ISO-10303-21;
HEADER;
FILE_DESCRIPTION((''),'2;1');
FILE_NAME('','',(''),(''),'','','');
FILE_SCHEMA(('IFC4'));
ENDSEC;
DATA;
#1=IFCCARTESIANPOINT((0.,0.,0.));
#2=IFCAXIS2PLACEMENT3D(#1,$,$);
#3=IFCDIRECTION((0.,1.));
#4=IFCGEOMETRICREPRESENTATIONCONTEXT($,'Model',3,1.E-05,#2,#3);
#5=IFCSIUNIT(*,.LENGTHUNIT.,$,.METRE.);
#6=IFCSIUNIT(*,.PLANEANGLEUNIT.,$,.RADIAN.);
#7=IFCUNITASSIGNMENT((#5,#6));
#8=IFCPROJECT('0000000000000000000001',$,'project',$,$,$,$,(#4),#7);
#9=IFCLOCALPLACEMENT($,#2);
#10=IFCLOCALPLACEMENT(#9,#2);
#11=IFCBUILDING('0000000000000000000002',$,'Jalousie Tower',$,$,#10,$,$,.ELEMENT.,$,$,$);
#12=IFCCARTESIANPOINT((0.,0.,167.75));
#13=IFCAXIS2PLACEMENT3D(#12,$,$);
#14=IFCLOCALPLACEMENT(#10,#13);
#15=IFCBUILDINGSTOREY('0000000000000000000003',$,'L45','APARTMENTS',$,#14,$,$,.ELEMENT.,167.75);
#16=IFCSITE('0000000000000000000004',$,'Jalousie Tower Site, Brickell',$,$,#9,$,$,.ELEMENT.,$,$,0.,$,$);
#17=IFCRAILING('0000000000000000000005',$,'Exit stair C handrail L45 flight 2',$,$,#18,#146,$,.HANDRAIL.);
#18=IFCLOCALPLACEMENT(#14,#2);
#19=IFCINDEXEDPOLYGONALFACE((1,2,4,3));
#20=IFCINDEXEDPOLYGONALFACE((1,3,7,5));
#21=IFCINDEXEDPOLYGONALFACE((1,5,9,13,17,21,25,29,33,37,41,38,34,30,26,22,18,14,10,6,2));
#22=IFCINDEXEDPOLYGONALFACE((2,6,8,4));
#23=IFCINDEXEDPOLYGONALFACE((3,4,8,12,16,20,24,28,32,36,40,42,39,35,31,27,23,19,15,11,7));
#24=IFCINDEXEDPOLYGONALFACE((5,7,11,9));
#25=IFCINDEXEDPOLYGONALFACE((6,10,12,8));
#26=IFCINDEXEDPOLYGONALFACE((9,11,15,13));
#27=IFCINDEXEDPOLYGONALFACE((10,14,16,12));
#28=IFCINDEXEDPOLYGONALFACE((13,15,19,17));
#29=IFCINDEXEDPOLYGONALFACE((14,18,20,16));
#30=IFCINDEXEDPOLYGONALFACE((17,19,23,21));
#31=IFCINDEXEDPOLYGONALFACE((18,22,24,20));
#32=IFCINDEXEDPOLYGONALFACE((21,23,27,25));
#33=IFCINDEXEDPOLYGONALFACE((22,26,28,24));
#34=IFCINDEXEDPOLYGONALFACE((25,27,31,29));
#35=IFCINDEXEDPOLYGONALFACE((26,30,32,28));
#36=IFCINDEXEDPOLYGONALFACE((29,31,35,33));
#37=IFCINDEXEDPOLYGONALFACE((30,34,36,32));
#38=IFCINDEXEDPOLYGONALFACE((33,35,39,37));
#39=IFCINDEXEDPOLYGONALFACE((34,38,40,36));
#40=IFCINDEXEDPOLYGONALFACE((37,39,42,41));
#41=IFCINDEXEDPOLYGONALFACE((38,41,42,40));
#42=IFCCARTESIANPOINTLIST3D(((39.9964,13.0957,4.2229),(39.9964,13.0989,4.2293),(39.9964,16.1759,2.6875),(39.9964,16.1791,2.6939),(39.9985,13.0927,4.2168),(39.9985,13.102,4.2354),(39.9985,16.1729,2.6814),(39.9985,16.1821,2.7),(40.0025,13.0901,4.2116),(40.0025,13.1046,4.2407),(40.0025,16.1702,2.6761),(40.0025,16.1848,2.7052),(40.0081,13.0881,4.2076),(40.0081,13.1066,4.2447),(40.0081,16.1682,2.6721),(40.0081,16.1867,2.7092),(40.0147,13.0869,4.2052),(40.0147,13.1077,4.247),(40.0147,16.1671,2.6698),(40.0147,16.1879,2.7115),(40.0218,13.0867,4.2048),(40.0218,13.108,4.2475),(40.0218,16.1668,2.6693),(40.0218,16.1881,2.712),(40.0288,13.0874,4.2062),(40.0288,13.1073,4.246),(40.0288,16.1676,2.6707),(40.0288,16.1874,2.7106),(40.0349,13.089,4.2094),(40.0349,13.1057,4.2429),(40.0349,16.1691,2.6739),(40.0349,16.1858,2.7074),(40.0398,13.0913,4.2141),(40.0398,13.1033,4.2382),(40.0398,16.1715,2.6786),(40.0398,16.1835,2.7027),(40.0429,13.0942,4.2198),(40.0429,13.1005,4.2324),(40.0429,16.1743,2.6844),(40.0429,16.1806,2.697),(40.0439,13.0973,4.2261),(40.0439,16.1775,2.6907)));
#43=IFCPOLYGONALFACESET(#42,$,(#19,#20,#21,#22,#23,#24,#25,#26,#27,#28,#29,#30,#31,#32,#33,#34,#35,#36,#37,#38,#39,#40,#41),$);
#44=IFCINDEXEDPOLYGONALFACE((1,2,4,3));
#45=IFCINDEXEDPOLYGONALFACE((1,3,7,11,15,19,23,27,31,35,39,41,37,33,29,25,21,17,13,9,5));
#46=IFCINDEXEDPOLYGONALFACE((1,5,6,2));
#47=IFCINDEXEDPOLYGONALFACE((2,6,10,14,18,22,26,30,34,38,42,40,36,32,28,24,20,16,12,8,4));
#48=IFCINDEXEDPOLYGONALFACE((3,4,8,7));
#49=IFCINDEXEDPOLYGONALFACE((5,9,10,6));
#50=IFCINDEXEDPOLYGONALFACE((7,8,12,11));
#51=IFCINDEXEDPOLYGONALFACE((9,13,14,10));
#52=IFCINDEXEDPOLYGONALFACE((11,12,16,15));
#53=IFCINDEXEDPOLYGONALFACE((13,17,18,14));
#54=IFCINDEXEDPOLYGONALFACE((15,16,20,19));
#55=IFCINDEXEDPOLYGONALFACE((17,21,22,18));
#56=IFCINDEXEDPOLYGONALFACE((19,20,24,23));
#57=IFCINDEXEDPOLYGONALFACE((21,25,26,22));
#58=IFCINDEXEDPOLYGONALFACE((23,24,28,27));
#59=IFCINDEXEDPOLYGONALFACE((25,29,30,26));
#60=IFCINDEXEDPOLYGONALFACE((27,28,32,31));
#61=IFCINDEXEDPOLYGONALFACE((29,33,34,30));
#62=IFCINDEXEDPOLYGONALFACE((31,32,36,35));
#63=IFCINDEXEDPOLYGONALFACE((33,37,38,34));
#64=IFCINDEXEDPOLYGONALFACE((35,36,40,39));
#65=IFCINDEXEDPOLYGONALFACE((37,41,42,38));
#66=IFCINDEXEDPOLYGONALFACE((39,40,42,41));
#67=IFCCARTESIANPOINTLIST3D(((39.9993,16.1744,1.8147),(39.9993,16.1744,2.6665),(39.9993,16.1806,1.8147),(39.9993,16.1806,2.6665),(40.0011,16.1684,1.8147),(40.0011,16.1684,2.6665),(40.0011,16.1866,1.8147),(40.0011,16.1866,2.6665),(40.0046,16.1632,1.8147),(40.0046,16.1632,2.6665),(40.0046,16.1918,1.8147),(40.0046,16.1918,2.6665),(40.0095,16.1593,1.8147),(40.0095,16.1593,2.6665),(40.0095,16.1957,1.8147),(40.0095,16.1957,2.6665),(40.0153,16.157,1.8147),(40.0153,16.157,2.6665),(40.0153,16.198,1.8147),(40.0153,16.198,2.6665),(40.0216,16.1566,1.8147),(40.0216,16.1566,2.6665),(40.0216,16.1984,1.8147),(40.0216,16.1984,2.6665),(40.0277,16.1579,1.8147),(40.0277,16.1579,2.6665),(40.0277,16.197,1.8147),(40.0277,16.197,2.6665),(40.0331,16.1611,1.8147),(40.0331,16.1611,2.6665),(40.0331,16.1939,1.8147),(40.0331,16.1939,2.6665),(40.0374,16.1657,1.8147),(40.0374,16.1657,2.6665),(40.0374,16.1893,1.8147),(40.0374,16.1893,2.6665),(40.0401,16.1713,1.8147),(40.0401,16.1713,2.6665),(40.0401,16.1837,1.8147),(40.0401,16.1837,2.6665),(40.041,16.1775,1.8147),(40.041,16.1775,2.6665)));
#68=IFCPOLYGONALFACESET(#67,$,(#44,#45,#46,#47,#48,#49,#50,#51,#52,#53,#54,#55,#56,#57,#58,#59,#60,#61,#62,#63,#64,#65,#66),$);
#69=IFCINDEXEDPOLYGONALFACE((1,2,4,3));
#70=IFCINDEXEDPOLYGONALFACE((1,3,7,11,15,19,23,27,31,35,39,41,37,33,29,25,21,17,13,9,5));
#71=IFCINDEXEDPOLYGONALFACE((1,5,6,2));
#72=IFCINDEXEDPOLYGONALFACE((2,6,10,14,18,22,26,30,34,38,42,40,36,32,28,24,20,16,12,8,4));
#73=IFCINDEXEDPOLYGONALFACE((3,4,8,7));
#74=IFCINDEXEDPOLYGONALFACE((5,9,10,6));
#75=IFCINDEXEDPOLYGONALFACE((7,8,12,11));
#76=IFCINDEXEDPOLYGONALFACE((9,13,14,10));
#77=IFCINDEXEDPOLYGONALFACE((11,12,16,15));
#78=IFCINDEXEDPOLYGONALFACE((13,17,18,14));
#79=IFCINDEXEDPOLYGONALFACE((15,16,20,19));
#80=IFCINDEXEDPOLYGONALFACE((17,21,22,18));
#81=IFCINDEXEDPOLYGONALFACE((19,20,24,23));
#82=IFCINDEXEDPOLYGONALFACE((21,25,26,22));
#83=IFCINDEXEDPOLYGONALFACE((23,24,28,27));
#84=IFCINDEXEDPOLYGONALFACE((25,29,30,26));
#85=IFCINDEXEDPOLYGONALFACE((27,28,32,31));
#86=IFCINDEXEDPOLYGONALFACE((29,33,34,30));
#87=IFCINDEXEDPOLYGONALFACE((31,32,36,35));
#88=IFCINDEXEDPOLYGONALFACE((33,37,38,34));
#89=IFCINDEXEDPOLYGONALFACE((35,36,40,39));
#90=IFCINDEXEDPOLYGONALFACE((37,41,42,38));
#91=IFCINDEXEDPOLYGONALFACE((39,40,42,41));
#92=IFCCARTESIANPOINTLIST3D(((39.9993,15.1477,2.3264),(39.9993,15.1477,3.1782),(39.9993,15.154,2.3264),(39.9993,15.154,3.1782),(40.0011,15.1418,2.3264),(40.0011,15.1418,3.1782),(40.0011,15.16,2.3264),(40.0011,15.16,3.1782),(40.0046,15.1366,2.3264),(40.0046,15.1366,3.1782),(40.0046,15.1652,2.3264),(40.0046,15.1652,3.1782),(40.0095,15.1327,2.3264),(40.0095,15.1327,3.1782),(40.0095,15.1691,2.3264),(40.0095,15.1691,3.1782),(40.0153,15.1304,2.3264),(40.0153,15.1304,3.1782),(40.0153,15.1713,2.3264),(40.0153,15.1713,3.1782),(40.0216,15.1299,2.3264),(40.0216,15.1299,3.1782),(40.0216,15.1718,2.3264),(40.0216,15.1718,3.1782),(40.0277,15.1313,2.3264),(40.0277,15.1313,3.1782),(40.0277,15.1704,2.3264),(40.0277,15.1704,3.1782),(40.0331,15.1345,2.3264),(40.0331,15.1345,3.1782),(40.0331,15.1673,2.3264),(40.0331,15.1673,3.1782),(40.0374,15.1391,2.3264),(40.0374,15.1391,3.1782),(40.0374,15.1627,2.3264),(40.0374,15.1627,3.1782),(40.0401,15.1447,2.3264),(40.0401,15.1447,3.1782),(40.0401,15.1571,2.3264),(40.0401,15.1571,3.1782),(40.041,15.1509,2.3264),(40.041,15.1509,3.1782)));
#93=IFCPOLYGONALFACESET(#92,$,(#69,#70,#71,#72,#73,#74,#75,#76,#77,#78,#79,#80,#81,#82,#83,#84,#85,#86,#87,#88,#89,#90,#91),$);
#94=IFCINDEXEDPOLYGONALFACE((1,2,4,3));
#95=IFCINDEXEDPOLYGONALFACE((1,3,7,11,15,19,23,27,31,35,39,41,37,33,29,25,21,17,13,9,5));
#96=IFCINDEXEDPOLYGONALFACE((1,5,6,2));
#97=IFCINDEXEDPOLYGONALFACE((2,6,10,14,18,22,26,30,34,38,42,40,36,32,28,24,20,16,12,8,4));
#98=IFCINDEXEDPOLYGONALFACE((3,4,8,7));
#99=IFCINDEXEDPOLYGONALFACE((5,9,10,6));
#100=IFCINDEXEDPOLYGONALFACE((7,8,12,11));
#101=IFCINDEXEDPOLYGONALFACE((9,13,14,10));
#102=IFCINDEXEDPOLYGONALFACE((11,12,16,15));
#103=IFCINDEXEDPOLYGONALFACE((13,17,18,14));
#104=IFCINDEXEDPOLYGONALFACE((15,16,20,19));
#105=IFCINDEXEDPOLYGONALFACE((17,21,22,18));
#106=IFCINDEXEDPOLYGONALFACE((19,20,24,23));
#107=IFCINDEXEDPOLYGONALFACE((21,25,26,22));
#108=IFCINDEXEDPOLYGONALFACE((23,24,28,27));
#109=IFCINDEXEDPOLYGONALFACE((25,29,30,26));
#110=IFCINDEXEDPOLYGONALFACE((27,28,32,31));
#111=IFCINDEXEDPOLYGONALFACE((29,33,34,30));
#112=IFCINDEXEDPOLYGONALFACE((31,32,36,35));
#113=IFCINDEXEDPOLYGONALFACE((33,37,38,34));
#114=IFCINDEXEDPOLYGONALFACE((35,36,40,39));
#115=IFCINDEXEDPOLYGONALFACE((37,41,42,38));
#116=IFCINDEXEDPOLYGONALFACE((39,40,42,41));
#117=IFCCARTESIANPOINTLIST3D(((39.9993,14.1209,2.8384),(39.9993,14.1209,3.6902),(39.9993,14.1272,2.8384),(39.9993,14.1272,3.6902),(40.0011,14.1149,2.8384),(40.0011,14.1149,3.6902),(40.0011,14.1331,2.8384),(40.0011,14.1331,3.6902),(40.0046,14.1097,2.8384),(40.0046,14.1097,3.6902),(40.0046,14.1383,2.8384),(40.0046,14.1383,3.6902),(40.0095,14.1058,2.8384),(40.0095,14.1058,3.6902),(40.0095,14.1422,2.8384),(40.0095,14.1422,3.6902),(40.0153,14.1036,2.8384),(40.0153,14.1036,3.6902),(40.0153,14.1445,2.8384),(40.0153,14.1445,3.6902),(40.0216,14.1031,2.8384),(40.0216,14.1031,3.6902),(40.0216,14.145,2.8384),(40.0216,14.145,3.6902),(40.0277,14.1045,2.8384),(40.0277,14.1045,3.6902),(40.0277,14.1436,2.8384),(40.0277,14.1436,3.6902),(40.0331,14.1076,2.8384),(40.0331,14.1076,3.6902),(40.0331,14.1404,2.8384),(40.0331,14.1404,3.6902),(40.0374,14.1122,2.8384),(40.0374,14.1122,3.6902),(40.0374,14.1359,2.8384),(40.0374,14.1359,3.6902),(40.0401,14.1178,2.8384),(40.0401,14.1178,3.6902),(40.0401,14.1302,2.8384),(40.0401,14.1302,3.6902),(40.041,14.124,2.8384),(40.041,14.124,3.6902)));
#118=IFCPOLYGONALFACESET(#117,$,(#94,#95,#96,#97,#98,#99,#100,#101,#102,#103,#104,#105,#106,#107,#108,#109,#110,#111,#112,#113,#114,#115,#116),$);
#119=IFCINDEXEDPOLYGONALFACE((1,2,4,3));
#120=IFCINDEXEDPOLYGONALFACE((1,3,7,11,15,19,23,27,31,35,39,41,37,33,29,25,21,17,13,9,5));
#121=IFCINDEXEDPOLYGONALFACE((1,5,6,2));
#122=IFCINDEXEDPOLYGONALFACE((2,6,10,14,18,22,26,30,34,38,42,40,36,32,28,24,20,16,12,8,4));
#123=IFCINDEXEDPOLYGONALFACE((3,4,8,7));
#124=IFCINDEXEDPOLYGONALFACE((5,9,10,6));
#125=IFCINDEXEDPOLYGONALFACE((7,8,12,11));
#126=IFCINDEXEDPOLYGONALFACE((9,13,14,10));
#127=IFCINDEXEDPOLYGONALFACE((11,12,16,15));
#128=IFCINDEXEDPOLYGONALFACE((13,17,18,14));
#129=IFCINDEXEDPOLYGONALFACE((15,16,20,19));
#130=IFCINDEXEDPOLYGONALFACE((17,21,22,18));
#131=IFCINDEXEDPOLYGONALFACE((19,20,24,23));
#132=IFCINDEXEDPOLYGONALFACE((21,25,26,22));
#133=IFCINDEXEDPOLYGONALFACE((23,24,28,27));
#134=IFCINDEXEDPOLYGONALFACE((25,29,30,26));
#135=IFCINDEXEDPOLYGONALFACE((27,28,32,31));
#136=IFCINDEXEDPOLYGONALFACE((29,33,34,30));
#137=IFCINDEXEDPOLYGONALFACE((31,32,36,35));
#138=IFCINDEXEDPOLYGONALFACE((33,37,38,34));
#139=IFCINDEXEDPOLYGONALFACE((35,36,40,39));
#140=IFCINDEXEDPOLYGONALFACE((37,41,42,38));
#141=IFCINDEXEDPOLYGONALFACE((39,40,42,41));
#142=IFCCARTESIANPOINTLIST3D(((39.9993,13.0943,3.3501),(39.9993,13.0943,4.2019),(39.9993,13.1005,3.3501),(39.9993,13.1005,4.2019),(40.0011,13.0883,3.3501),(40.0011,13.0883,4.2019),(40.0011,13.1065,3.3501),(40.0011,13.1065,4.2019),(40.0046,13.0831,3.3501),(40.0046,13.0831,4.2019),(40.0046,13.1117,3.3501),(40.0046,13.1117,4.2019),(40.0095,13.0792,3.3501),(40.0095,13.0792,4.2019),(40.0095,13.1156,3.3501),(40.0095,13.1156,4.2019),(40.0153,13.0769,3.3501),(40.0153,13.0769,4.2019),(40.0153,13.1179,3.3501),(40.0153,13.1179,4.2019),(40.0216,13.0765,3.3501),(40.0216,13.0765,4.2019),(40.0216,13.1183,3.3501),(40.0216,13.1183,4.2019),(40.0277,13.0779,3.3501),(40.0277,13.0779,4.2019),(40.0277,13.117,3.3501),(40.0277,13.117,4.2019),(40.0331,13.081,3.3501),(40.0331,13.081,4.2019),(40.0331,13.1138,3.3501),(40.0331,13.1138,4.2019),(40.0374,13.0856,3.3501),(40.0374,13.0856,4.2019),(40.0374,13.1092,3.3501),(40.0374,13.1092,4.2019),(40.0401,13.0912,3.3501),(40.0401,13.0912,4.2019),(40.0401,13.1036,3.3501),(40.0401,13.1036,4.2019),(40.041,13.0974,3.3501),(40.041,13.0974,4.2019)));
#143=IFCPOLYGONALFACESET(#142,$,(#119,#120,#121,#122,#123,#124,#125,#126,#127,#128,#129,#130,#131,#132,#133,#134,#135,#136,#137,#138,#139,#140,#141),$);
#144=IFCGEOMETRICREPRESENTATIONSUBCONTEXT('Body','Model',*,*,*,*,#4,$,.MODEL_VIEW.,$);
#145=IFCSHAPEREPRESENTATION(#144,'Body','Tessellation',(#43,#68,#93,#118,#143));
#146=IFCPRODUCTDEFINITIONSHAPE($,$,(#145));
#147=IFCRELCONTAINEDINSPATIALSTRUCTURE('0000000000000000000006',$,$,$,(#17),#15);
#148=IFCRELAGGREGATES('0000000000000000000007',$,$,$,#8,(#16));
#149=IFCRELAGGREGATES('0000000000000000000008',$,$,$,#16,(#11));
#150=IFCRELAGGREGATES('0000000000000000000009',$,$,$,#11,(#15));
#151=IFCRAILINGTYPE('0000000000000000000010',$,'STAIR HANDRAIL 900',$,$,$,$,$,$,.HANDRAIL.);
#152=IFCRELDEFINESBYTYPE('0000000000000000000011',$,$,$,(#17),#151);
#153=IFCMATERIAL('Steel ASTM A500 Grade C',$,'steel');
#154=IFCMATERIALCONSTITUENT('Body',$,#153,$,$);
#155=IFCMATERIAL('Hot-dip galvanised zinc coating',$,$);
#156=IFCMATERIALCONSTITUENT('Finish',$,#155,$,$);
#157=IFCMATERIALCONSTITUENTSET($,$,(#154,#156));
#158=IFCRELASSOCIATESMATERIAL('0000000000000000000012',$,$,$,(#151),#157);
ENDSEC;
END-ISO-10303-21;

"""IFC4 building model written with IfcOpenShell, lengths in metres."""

from ifc_helpers import new_model, si_unit, direction, frame, origin, origin_2d, place, context, subcontext, project, spatial, circle, extrude, material, constituent, constituent_set, type_object, element, save


model = new_model("IFC4")

# Units and contexts
model_context = context("Model", 3, precision=1e-05, world=origin(), true_north=direction((0.0, 1.0)))
body_context = subcontext(model_context, "Body", "Model", "MODEL_VIEW")
ifc_project = project(units=[si_unit("LENGTHUNIT", "METRE"), si_unit("PLANEANGLEUNIT", "RADIAN")], contexts=[model_context])

# Site, building, storey
site_placement = place(None, origin())
site = spatial("IfcSite", under=ifc_project, at=site_placement, Name="Jalousie Tower Site, Brickell", CompositionType="ELEMENT", RefElevation=0.0)
building_placement = place(site_placement, origin())
building = spatial("IfcBuilding", under=site, at=building_placement, Name="Jalousie Tower", CompositionType="ELEMENT")
storey_placement = place(building_placement, frame((0.0, 0.0, 167.75)))
storey = spatial("IfcBuildingStorey", under=building, at=storey_placement, Name="L45", Description="APARTMENTS", CompositionType="ELEMENT", Elevation=167.75)

# Railing
ifc_material_1 = material(Name="Steel ASTM A500 Grade C", Category="steel")
ifc_constituent_1 = constituent(ifc_material_1, Name="Body")
ifc_material_2 = material(Name="Hot-dip galvanised zinc coating")
ifc_constituent_2 = constituent(ifc_material_2, Name="Finish")
ifc_constituent_set_1 = constituent_set(constituents=[ifc_constituent_1, ifc_constituent_2])
railing_type_1 = type_object("IfcRailingType", Name="STAIR HANDRAIL 900", PredefinedType="HANDRAIL", material=ifc_constituent_set_1)
railing_1_placement = place(storey_placement, frame((40.02, 16.1775, 1.8147)))
element("IfcRailing", 1, at=railing_1_placement, inside=storey, type_object=railing_type_1, Name="Exit stair C handrail L45 flight 2", PredefinedType="HANDRAIL", context=body_context, shape_type="SweptSolid", body=[
    extrude(circle(Radius=0.0239, at=origin_2d()), frame((0.0, 0.0, 0.876), z_axis=(0.0, -0.894966, 0.446135), x_axis=(1.0, 0.0, 0.0)), (0.0, 0.0, 1.0), 3.4417),
    extrude(circle(Radius=0.021, at=origin_2d()), origin(), (0.0, 0.0, 1.0), 0.8518),
    extrude(circle(Radius=0.021, at=origin_2d()), frame((0.0, -1.0266, 0.5117)), (0.0, 0.0, 1.0), 0.8518),
    extrude(circle(Radius=0.021, at=origin_2d()), frame((0.0, -2.0535, 1.0237)), (0.0, 0.0, 1.0), 0.8518),
    extrude(circle(Radius=0.021, at=origin_2d()), frame((0.0, -3.0801, 1.5354)), (0.0, 0.0, 1.0), 0.8518),
])

save(model, "model.ifc")
